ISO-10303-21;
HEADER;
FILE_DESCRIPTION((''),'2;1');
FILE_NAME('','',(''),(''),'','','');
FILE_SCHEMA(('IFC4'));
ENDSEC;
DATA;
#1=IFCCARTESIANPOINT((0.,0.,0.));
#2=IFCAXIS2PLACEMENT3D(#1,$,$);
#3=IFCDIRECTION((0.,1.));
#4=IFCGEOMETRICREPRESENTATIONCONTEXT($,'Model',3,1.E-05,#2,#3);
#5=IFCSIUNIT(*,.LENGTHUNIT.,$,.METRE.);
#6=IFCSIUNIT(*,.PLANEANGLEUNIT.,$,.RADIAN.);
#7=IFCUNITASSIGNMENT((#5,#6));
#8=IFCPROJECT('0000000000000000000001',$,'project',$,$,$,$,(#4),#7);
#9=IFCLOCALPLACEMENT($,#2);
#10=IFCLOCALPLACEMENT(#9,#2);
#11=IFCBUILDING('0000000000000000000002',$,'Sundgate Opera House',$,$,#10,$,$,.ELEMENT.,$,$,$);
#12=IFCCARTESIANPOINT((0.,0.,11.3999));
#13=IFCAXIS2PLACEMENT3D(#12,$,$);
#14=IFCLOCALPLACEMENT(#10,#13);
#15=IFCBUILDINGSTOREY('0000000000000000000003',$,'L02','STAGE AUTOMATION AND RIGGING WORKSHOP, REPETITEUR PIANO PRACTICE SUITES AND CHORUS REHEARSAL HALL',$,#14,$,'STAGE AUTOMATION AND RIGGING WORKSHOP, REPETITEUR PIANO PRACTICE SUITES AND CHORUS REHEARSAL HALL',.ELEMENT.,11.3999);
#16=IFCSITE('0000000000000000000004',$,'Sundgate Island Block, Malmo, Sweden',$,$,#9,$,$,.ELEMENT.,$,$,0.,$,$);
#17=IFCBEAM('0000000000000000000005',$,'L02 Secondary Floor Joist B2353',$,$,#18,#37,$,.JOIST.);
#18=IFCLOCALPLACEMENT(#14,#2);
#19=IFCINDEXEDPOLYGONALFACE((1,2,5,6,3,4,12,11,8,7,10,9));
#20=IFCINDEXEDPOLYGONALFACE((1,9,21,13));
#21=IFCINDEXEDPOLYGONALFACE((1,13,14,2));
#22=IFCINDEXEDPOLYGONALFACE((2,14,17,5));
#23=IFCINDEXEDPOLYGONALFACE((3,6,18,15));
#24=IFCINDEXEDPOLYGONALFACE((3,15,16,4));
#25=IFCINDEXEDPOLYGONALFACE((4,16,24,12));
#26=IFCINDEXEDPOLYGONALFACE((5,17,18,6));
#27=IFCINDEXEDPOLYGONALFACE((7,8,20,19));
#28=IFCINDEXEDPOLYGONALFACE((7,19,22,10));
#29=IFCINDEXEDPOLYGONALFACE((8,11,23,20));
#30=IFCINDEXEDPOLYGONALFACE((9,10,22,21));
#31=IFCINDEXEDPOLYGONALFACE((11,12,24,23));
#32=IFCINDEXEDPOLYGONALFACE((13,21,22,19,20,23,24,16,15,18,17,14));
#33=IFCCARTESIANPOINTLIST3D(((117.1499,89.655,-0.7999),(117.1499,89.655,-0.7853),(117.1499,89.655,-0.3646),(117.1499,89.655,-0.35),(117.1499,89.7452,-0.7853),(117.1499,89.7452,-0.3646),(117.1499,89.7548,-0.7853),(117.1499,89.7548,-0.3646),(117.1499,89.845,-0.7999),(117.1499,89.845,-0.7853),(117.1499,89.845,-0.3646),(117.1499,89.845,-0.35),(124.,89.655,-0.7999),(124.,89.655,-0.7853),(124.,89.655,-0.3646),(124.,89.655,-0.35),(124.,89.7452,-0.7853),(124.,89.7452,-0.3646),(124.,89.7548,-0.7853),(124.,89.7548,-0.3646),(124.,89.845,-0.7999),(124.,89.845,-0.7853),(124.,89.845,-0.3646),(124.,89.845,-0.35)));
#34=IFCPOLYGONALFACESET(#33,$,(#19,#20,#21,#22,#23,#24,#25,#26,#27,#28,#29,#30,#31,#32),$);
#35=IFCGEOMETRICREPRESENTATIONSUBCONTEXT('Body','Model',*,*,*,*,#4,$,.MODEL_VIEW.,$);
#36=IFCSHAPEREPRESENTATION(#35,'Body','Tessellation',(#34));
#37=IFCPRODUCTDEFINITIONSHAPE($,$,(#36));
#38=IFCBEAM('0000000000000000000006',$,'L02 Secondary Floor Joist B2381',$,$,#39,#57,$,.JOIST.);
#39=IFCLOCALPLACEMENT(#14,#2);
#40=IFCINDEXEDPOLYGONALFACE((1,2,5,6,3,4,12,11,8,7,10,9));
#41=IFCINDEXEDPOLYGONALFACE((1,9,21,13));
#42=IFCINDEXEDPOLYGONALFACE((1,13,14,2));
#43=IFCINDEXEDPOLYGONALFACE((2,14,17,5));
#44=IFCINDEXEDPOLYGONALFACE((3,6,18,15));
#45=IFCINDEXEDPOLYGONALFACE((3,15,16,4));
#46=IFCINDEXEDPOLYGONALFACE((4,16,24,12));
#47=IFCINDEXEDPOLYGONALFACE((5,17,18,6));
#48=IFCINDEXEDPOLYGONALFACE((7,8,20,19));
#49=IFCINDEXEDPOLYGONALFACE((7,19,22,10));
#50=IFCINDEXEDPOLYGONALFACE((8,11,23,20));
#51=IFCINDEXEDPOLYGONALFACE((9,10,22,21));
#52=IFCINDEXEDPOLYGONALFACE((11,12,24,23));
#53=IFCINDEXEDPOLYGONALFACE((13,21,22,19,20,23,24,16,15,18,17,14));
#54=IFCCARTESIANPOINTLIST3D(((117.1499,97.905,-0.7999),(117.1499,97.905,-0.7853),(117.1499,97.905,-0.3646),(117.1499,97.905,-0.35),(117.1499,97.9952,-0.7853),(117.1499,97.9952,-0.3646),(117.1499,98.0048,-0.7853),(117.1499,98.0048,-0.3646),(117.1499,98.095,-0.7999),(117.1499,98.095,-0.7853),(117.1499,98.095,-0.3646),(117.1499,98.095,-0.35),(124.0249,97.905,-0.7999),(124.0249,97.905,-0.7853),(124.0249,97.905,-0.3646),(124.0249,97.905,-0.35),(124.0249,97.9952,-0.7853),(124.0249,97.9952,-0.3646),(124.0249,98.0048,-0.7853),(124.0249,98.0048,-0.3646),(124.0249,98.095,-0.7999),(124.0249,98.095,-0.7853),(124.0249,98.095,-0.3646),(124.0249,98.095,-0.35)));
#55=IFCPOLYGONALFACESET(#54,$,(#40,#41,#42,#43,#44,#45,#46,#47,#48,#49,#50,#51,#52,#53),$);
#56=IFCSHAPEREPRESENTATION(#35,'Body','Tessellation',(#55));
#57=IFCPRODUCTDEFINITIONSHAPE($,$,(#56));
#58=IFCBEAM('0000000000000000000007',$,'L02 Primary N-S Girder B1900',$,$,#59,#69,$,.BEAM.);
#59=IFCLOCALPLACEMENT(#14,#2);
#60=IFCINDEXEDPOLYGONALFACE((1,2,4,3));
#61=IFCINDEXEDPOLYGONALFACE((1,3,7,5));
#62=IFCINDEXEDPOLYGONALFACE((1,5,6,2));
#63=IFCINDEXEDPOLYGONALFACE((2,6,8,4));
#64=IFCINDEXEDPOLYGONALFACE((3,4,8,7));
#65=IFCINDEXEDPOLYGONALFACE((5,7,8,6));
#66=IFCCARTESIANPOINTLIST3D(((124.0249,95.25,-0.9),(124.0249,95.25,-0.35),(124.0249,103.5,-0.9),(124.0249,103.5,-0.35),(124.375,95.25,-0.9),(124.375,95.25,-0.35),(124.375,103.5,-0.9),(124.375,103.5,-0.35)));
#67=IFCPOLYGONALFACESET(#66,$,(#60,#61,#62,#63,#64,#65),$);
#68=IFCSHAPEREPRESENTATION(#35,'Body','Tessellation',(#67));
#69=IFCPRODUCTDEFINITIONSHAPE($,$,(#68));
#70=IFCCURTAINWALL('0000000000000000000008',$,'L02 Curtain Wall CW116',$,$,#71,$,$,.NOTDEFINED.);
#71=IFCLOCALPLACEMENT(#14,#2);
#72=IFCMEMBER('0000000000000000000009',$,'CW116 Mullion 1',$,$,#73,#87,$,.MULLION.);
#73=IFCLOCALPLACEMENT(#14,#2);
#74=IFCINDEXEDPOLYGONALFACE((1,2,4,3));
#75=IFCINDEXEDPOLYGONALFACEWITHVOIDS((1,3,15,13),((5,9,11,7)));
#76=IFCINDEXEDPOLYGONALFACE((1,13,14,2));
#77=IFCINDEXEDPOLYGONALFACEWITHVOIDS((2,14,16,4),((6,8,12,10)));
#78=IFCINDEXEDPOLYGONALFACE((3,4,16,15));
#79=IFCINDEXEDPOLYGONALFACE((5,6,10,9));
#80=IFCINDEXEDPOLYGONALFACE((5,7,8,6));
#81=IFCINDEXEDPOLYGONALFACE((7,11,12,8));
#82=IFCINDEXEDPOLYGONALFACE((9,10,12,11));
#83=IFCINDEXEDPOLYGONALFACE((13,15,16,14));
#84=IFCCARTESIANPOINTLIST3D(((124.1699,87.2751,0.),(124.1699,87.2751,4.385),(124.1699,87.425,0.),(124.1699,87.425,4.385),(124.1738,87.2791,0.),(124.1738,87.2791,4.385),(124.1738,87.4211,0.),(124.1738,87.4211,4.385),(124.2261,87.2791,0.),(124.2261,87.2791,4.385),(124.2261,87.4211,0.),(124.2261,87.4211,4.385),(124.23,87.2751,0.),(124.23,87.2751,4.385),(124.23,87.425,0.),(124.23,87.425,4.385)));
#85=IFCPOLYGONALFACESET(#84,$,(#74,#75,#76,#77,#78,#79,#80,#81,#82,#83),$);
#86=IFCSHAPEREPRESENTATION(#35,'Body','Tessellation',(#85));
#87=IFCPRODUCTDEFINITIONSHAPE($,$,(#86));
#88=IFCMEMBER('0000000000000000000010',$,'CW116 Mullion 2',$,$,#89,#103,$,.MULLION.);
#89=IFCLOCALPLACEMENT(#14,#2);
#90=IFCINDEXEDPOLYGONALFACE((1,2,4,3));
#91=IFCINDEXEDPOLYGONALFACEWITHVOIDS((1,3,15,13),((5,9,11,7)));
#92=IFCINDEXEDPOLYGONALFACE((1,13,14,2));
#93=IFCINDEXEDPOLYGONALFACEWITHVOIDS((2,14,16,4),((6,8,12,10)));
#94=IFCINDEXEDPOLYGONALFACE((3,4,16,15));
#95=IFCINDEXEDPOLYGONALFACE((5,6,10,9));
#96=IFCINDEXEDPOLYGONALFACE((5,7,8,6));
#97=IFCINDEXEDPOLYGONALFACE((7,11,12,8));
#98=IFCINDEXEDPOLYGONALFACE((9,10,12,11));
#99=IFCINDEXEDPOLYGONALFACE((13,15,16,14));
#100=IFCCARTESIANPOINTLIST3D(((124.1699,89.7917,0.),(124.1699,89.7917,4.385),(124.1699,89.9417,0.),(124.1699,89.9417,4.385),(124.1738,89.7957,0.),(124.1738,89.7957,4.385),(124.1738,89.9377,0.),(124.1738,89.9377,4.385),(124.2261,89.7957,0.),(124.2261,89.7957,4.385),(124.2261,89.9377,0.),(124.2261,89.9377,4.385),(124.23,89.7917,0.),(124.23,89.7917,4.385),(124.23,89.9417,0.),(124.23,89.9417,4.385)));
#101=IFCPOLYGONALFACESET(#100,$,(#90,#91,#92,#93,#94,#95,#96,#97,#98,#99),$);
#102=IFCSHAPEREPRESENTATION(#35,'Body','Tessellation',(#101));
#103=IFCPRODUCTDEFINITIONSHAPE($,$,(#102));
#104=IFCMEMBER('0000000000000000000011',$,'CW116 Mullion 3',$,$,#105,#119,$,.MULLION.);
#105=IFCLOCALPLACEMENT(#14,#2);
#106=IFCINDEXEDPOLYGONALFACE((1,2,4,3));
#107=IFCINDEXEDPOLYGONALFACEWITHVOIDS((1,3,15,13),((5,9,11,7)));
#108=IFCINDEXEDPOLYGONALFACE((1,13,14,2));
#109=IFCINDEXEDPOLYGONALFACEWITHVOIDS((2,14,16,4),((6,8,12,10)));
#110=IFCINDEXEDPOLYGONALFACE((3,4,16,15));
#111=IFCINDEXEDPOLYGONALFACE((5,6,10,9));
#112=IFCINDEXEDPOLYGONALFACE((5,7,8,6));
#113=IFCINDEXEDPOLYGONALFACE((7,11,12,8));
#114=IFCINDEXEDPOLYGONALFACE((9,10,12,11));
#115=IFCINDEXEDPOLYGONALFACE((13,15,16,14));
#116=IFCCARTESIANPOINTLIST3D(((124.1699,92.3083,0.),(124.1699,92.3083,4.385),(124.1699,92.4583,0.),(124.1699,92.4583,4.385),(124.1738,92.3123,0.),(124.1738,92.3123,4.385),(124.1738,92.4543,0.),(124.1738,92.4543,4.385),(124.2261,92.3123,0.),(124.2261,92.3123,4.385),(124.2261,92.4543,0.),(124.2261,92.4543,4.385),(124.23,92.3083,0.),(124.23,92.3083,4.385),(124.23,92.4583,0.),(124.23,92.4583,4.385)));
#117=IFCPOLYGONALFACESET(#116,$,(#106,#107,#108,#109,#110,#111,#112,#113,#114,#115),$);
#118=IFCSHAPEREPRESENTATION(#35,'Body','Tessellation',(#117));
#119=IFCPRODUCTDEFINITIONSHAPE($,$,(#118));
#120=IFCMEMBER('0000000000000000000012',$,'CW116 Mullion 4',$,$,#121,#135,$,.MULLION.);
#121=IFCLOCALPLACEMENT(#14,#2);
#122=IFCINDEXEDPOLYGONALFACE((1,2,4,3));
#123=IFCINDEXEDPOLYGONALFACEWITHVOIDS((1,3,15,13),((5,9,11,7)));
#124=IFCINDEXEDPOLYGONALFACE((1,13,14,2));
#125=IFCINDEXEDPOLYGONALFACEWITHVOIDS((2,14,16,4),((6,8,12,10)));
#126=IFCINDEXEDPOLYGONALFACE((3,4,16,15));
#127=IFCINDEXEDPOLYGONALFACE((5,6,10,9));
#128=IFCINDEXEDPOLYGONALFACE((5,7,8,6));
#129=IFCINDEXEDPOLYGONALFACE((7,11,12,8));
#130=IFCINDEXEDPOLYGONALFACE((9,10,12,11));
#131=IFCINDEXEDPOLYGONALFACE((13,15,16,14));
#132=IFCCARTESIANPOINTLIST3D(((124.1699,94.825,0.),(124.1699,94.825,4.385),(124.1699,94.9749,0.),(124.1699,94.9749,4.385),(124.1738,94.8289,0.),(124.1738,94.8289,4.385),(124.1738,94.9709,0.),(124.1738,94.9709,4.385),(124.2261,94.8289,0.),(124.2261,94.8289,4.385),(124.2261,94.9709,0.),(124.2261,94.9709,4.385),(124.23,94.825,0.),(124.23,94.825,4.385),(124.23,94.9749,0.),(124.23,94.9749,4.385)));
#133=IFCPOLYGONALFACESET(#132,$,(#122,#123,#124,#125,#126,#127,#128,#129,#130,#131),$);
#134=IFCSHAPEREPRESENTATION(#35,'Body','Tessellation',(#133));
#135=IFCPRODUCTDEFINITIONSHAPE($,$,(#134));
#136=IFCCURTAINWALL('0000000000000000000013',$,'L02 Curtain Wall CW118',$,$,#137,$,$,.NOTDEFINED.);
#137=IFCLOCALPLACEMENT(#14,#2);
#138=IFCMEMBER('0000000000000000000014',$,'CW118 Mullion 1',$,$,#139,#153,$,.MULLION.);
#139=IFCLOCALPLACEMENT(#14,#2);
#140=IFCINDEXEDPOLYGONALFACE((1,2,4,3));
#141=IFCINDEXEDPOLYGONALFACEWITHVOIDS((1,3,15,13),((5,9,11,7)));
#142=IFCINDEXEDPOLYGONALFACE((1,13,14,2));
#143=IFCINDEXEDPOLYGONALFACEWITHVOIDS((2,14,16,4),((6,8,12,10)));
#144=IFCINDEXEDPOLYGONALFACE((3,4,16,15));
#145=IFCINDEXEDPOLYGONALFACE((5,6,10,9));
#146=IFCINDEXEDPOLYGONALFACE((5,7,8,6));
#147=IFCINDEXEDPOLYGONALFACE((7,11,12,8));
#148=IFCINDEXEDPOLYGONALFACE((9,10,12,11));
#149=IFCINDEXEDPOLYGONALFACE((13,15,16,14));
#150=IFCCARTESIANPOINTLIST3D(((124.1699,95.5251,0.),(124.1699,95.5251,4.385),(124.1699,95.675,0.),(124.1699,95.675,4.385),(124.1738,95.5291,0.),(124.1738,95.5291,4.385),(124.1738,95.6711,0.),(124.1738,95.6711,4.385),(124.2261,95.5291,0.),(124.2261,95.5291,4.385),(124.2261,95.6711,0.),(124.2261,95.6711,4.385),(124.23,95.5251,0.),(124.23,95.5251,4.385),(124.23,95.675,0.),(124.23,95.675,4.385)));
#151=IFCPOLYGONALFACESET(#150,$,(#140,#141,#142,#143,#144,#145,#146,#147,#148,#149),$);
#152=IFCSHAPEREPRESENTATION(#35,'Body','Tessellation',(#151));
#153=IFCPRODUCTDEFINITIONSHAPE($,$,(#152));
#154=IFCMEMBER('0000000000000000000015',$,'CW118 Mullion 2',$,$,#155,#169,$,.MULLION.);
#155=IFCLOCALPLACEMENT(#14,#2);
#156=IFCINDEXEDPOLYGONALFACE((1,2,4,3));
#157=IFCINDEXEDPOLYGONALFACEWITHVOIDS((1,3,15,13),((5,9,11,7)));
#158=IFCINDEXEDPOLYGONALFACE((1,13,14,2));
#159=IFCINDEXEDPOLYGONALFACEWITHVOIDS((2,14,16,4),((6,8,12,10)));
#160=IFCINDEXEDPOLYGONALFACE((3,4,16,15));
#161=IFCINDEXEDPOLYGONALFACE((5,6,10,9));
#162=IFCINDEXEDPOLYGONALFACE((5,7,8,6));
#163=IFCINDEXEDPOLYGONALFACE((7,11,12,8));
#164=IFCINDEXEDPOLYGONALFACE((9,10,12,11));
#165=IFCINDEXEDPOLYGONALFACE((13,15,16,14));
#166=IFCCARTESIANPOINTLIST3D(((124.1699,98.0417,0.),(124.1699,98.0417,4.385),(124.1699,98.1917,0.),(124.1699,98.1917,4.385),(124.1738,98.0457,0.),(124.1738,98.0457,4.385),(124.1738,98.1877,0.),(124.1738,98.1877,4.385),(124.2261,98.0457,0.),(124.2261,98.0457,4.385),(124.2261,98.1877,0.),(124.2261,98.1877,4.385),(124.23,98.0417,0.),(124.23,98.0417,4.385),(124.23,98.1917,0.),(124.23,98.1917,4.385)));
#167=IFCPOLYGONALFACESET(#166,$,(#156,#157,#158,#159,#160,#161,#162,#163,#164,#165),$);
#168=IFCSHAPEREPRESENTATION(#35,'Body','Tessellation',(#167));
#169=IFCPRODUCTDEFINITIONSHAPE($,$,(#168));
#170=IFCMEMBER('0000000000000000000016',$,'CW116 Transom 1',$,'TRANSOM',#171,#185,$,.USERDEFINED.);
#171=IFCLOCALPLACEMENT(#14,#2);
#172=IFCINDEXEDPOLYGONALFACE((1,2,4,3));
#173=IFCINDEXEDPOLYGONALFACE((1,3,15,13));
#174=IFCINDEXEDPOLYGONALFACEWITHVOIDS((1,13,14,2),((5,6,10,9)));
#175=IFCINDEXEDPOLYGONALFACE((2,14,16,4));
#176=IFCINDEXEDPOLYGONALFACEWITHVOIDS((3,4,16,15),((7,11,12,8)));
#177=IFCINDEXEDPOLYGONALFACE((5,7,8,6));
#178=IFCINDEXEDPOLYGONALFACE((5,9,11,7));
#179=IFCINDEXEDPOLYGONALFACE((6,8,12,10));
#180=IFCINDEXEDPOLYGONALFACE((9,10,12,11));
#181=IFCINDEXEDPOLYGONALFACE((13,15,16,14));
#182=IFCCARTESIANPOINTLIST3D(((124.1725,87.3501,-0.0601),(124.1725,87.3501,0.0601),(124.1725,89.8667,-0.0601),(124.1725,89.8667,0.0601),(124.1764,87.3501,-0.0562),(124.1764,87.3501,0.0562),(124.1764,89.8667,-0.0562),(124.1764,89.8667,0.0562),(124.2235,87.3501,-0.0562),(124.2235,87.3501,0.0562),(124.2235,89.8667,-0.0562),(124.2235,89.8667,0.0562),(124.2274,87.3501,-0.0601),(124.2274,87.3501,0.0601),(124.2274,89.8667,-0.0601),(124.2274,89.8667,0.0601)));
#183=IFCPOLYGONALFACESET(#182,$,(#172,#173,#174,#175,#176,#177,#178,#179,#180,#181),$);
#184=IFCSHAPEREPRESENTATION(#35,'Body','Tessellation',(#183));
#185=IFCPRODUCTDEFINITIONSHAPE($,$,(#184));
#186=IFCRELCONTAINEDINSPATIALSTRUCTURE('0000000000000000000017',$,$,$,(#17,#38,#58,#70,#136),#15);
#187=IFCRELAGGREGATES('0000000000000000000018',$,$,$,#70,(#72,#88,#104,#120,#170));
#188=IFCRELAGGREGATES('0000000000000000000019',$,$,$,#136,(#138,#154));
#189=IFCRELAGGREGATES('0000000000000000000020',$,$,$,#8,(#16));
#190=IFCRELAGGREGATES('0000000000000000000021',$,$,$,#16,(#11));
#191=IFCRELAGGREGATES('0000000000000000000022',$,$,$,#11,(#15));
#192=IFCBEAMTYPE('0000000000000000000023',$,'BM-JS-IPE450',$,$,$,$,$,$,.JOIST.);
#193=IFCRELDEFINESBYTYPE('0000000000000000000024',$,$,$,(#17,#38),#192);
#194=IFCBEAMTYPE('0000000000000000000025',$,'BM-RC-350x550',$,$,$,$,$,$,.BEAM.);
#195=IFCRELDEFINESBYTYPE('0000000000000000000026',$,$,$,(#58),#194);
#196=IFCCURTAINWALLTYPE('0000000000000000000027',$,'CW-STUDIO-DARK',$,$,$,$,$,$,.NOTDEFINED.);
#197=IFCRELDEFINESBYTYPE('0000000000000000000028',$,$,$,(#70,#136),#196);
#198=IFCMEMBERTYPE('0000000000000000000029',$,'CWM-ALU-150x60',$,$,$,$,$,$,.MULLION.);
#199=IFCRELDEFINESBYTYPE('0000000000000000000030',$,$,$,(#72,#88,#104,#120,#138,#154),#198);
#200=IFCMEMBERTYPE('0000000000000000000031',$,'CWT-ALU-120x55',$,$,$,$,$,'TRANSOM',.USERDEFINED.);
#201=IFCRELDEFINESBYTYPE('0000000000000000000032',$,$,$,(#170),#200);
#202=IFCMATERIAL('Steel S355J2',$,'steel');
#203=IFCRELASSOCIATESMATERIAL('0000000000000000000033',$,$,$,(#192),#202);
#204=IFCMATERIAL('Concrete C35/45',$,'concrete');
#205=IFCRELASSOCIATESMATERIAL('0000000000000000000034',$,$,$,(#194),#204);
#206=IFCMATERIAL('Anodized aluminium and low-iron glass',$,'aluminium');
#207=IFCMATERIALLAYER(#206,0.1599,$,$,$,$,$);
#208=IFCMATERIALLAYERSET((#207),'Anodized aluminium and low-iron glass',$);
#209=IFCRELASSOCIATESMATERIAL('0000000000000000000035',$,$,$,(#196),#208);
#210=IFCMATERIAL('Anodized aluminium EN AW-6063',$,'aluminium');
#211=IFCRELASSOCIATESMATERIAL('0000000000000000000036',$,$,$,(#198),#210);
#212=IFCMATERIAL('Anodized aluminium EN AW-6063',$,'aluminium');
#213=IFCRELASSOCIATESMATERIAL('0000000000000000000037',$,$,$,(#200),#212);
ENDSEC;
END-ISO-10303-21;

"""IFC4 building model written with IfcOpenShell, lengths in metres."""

from ifc_helpers import new_model, si_unit, direction, frame, origin, origin_2d, place, context, subcontext, project, spatial, rectangle, hollow_rectangle, i_section, extrude, material, layer, layer_set, material_profile, profile_set, type_object, element, aggregate, save


model = new_model("IFC4")

# Units and contexts
model_context = context("Model", 3, precision=1e-05, world=origin(), true_north=direction((0.0, 1.0)))
body_context = subcontext(model_context, "Body", "Model", "MODEL_VIEW")
ifc_project = project(units=[si_unit("LENGTHUNIT", "METRE"), si_unit("PLANEANGLEUNIT", "RADIAN")], contexts=[model_context])

# Site, building, storey
site_placement = place(None, origin())
site = spatial("IfcSite", under=ifc_project, at=site_placement, Name="Sundgate Island Block, Malmo, Sweden", CompositionType="ELEMENT", RefElevation=0.0)
building_placement = place(site_placement, origin())
building = spatial("IfcBuilding", under=site, at=building_placement, Name="Sundgate Opera House", CompositionType="ELEMENT")
storey_placement = place(building_placement, frame((0.0, 0.0, 11.3999)))
storey = spatial("IfcBuildingStorey", under=building, at=storey_placement, Name="L02", Description="STAGE AUTOMATION AND RIGGING WORKSHOP, REPETITEUR PIANO PRACTICE SUITES AND CHORUS REHEARSAL HALL", LongName="STAGE AUTOMATION AND RIGGING WORKSHOP, REPETITEUR PIANO PRACTICE SUITES AND CHORUS REHEARSAL HALL", CompositionType="ELEMENT", Elevation=11.3999)

# Beams
ifc_material_1 = material(Name="Steel S355J2", Category="steel")
ifc_material_profile_1 = material_profile(ifc_material_1, i_section(OverallWidth=0.1899, OverallDepth=0.45, WebThickness=0.0095, FlangeThickness=0.0146, at=origin_2d()), Name="IPE 450")
ifc_profile_set_1 = profile_set([ifc_material_profile_1], Name="Steel S355J2")
beam_type_1 = type_object("IfcBeamType", Name="BM-JS-IPE450", PredefinedType="JOIST", material=ifc_profile_set_1)
beam_1_placement = place(storey_placement, frame((117.1499, 89.75, -0.575), z_axis=(1.0, 0.0, 0.0), x_axis=(0.0, 1.0, 0.0)))
element("IfcBeam", 1, at=beam_1_placement, inside=storey, type_object=beam_type_1, Name="L02 Secondary Floor Joist B2353", PredefinedType="JOIST", context=body_context, shape_type="SweptSolid", body=[
    extrude(i_section(OverallWidth=0.1899, OverallDepth=0.45, WebThickness=0.0095, FlangeThickness=0.0146, at=origin_2d()), origin(), (0.0, 0.0, 1.0), 6.8501),
])
beam_2_placement = place(storey_placement, frame((117.1499, 98.0, -0.575), z_axis=(1.0, 0.0, 0.0), x_axis=(0.0, 1.0, 0.0)))
element("IfcBeam", 2, at=beam_2_placement, inside=storey, type_object=beam_type_1, Name="L02 Secondary Floor Joist B2381", PredefinedType="JOIST", context=body_context, shape_type="SweptSolid", body=[
    extrude(i_section(OverallWidth=0.1899, OverallDepth=0.45, WebThickness=0.0095, FlangeThickness=0.0146, at=origin_2d()), origin(), (0.0, 0.0, 1.0), 6.875),
])
ifc_material_2 = material(Name="Concrete C35/45", Category="concrete")
ifc_material_profile_2 = material_profile(ifc_material_2, rectangle(XDim=0.3501, YDim=0.55, at=origin_2d()), Name="RC 350x550")
ifc_profile_set_2 = profile_set([ifc_material_profile_2], Name="Concrete C35/45")
beam_type_2 = type_object("IfcBeamType", Name="BM-RC-350x550", PredefinedType="BEAM", material=ifc_profile_set_2)
beam_3_placement = place(storey_placement, frame((124.2, 95.25, -0.625), z_axis=(0.0, 1.0, 0.0), x_axis=(-1.0, 0.0, 0.0)))
element("IfcBeam", 3, at=beam_3_placement, inside=storey, type_object=beam_type_2, Name="L02 Primary N-S Girder B1900", PredefinedType="BEAM", context=body_context, shape_type="SweptSolid", body=[
    extrude(rectangle(XDim=0.3501, YDim=0.55, at=origin_2d()), origin(), (0.0, 0.0, 1.0), 8.25),
])

# Curtain walls, members
ifc_material_3 = material(Name="Anodized aluminium and low-iron glass", Category="aluminium")
ifc_layer_1 = layer(ifc_material_3, 0.1599)
ifc_layer_set_1 = layer_set([ifc_layer_1], Name="Anodized aluminium and low-iron glass")
curtain_wall_type = type_object("IfcCurtainWallType", Name="CW-STUDIO-DARK", PredefinedType="NOTDEFINED", material=ifc_layer_set_1)
curtain_wall_1_placement = place(storey_placement, origin())
curtain_wall_1 = element("IfcCurtainWall", 4, at=curtain_wall_1_placement, inside=storey, type_object=curtain_wall_type, Name="L02 Curtain Wall CW116", PredefinedType="NOTDEFINED")
ifc_material_4 = material(Name="Anodized aluminium EN AW-6063", Category="aluminium")
ifc_material_profile_3 = material_profile(ifc_material_4, hollow_rectangle(XDim=0.0601, YDim=0.1499, WallThickness=0.0039, at=origin_2d()), Name="CWM 150x60x4")
ifc_profile_set_3 = profile_set([ifc_material_profile_3], Name="Anodized aluminium EN AW-6063")
member_type_1 = type_object("IfcMemberType", Name="CWM-ALU-150x60", PredefinedType="MULLION", material=ifc_profile_set_3)
member_1_placement = place(storey_placement, frame((124.2, 87.3501, 0.0), z_axis=(0.0, 0.0, 1.0), x_axis=(1.0, 0.0, 0.0)))
member_1 = element("IfcMember", 5, at=member_1_placement, type_object=member_type_1, Name="CW116 Mullion 1", PredefinedType="MULLION", context=body_context, shape_type="SweptSolid", body=[
    extrude(hollow_rectangle(XDim=0.0601, YDim=0.1499, WallThickness=0.0039, at=origin_2d()), origin(), (0.0, 0.0, 1.0), 4.385),
])
member_2_placement = place(storey_placement, frame((124.2, 89.8667, 0.0), z_axis=(0.0, 0.0, 1.0), x_axis=(1.0, 0.0, 0.0)))
member_2 = element("IfcMember", 6, at=member_2_placement, type_object=member_type_1, Name="CW116 Mullion 2", PredefinedType="MULLION", context=body_context, shape_type="SweptSolid", body=[
    extrude(hollow_rectangle(XDim=0.0601, YDim=0.1499, WallThickness=0.0039, at=origin_2d()), origin(), (0.0, 0.0, 1.0), 4.385),
])
member_3_placement = place(storey_placement, frame((124.2, 92.3833, 0.0), z_axis=(0.0, 0.0, 1.0), x_axis=(1.0, 0.0, 0.0)))
member_3 = element("IfcMember", 7, at=member_3_placement, type_object=member_type_1, Name="CW116 Mullion 3", PredefinedType="MULLION", context=body_context, shape_type="SweptSolid", body=[
    extrude(hollow_rectangle(XDim=0.0601, YDim=0.1499, WallThickness=0.0039, at=origin_2d()), origin(), (0.0, 0.0, 1.0), 4.385),
])
member_4_placement = place(storey_placement, frame((124.2, 94.8999, 0.0), z_axis=(0.0, 0.0, 1.0), x_axis=(1.0, 0.0, 0.0)))
member_4 = element("IfcMember", 8, at=member_4_placement, type_object=member_type_1, Name="CW116 Mullion 4", PredefinedType="MULLION", context=body_context, shape_type="SweptSolid", body=[
    extrude(hollow_rectangle(XDim=0.0601, YDim=0.1499, WallThickness=0.0039, at=origin_2d()), origin(), (0.0, 0.0, 1.0), 4.385),
])
curtain_wall_2_placement = place(storey_placement, origin())
curtain_wall_2 = element("IfcCurtainWall", 9, at=curtain_wall_2_placement, inside=storey, type_object=curtain_wall_type, Name="L02 Curtain Wall CW118", PredefinedType="NOTDEFINED")
member_5_placement = place(storey_placement, frame((124.2, 95.6001, 0.0), z_axis=(0.0, 0.0, 1.0), x_axis=(1.0, 0.0, 0.0)))
member_5 = element("IfcMember", 10, at=member_5_placement, type_object=member_type_1, Name="CW118 Mullion 1", PredefinedType="MULLION", context=body_context, shape_type="SweptSolid", body=[
    extrude(hollow_rectangle(XDim=0.0601, YDim=0.1499, WallThickness=0.0039, at=origin_2d()), origin(), (0.0, 0.0, 1.0), 4.385),
])
member_6_placement = place(storey_placement, frame((124.2, 98.1167, 0.0), z_axis=(0.0, 0.0, 1.0), x_axis=(1.0, 0.0, 0.0)))
member_6 = element("IfcMember", 11, at=member_6_placement, type_object=member_type_1, Name="CW118 Mullion 2", PredefinedType="MULLION", context=body_context, shape_type="SweptSolid", body=[
    extrude(hollow_rectangle(XDim=0.0601, YDim=0.1499, WallThickness=0.0039, at=origin_2d()), origin(), (0.0, 0.0, 1.0), 4.385),
])

# Member
ifc_material_5 = material(Name="Anodized aluminium EN AW-6063", Category="aluminium")
ifc_material_profile_4 = material_profile(ifc_material_5, hollow_rectangle(XDim=0.0549, YDim=0.1201, WallThickness=0.0039, at=origin_2d()), Name="CWT 120x55x4")
ifc_profile_set_4 = profile_set([ifc_material_profile_4], Name="Anodized aluminium EN AW-6063")
member_type_2 = type_object("IfcMemberType", Name="CWT-ALU-120x55", ElementType="TRANSOM", PredefinedType="USERDEFINED", material=ifc_profile_set_4)
member_7_placement = place(storey_placement, frame((124.2, 87.3501, 0.0), z_axis=(0.0, 1.0, 0.0), x_axis=(-1.0, 0.0, 0.0)))
member_7 = element("IfcMember", 12, at=member_7_placement, type_object=member_type_2, Name="CW116 Transom 1", ObjectType="TRANSOM", PredefinedType="USERDEFINED", context=body_context, shape_type="SweptSolid", body=[
    extrude(hollow_rectangle(XDim=0.0549, YDim=0.1201, WallThickness=0.0039, at=origin_2d()), origin(), (0.0, 0.0, 1.0), 2.5166),
])

aggregate(curtain_wall_1, [member_1, member_2, member_3, member_4, member_7])
aggregate(curtain_wall_2, [member_5, member_6])

save(model, "model.ifc")
